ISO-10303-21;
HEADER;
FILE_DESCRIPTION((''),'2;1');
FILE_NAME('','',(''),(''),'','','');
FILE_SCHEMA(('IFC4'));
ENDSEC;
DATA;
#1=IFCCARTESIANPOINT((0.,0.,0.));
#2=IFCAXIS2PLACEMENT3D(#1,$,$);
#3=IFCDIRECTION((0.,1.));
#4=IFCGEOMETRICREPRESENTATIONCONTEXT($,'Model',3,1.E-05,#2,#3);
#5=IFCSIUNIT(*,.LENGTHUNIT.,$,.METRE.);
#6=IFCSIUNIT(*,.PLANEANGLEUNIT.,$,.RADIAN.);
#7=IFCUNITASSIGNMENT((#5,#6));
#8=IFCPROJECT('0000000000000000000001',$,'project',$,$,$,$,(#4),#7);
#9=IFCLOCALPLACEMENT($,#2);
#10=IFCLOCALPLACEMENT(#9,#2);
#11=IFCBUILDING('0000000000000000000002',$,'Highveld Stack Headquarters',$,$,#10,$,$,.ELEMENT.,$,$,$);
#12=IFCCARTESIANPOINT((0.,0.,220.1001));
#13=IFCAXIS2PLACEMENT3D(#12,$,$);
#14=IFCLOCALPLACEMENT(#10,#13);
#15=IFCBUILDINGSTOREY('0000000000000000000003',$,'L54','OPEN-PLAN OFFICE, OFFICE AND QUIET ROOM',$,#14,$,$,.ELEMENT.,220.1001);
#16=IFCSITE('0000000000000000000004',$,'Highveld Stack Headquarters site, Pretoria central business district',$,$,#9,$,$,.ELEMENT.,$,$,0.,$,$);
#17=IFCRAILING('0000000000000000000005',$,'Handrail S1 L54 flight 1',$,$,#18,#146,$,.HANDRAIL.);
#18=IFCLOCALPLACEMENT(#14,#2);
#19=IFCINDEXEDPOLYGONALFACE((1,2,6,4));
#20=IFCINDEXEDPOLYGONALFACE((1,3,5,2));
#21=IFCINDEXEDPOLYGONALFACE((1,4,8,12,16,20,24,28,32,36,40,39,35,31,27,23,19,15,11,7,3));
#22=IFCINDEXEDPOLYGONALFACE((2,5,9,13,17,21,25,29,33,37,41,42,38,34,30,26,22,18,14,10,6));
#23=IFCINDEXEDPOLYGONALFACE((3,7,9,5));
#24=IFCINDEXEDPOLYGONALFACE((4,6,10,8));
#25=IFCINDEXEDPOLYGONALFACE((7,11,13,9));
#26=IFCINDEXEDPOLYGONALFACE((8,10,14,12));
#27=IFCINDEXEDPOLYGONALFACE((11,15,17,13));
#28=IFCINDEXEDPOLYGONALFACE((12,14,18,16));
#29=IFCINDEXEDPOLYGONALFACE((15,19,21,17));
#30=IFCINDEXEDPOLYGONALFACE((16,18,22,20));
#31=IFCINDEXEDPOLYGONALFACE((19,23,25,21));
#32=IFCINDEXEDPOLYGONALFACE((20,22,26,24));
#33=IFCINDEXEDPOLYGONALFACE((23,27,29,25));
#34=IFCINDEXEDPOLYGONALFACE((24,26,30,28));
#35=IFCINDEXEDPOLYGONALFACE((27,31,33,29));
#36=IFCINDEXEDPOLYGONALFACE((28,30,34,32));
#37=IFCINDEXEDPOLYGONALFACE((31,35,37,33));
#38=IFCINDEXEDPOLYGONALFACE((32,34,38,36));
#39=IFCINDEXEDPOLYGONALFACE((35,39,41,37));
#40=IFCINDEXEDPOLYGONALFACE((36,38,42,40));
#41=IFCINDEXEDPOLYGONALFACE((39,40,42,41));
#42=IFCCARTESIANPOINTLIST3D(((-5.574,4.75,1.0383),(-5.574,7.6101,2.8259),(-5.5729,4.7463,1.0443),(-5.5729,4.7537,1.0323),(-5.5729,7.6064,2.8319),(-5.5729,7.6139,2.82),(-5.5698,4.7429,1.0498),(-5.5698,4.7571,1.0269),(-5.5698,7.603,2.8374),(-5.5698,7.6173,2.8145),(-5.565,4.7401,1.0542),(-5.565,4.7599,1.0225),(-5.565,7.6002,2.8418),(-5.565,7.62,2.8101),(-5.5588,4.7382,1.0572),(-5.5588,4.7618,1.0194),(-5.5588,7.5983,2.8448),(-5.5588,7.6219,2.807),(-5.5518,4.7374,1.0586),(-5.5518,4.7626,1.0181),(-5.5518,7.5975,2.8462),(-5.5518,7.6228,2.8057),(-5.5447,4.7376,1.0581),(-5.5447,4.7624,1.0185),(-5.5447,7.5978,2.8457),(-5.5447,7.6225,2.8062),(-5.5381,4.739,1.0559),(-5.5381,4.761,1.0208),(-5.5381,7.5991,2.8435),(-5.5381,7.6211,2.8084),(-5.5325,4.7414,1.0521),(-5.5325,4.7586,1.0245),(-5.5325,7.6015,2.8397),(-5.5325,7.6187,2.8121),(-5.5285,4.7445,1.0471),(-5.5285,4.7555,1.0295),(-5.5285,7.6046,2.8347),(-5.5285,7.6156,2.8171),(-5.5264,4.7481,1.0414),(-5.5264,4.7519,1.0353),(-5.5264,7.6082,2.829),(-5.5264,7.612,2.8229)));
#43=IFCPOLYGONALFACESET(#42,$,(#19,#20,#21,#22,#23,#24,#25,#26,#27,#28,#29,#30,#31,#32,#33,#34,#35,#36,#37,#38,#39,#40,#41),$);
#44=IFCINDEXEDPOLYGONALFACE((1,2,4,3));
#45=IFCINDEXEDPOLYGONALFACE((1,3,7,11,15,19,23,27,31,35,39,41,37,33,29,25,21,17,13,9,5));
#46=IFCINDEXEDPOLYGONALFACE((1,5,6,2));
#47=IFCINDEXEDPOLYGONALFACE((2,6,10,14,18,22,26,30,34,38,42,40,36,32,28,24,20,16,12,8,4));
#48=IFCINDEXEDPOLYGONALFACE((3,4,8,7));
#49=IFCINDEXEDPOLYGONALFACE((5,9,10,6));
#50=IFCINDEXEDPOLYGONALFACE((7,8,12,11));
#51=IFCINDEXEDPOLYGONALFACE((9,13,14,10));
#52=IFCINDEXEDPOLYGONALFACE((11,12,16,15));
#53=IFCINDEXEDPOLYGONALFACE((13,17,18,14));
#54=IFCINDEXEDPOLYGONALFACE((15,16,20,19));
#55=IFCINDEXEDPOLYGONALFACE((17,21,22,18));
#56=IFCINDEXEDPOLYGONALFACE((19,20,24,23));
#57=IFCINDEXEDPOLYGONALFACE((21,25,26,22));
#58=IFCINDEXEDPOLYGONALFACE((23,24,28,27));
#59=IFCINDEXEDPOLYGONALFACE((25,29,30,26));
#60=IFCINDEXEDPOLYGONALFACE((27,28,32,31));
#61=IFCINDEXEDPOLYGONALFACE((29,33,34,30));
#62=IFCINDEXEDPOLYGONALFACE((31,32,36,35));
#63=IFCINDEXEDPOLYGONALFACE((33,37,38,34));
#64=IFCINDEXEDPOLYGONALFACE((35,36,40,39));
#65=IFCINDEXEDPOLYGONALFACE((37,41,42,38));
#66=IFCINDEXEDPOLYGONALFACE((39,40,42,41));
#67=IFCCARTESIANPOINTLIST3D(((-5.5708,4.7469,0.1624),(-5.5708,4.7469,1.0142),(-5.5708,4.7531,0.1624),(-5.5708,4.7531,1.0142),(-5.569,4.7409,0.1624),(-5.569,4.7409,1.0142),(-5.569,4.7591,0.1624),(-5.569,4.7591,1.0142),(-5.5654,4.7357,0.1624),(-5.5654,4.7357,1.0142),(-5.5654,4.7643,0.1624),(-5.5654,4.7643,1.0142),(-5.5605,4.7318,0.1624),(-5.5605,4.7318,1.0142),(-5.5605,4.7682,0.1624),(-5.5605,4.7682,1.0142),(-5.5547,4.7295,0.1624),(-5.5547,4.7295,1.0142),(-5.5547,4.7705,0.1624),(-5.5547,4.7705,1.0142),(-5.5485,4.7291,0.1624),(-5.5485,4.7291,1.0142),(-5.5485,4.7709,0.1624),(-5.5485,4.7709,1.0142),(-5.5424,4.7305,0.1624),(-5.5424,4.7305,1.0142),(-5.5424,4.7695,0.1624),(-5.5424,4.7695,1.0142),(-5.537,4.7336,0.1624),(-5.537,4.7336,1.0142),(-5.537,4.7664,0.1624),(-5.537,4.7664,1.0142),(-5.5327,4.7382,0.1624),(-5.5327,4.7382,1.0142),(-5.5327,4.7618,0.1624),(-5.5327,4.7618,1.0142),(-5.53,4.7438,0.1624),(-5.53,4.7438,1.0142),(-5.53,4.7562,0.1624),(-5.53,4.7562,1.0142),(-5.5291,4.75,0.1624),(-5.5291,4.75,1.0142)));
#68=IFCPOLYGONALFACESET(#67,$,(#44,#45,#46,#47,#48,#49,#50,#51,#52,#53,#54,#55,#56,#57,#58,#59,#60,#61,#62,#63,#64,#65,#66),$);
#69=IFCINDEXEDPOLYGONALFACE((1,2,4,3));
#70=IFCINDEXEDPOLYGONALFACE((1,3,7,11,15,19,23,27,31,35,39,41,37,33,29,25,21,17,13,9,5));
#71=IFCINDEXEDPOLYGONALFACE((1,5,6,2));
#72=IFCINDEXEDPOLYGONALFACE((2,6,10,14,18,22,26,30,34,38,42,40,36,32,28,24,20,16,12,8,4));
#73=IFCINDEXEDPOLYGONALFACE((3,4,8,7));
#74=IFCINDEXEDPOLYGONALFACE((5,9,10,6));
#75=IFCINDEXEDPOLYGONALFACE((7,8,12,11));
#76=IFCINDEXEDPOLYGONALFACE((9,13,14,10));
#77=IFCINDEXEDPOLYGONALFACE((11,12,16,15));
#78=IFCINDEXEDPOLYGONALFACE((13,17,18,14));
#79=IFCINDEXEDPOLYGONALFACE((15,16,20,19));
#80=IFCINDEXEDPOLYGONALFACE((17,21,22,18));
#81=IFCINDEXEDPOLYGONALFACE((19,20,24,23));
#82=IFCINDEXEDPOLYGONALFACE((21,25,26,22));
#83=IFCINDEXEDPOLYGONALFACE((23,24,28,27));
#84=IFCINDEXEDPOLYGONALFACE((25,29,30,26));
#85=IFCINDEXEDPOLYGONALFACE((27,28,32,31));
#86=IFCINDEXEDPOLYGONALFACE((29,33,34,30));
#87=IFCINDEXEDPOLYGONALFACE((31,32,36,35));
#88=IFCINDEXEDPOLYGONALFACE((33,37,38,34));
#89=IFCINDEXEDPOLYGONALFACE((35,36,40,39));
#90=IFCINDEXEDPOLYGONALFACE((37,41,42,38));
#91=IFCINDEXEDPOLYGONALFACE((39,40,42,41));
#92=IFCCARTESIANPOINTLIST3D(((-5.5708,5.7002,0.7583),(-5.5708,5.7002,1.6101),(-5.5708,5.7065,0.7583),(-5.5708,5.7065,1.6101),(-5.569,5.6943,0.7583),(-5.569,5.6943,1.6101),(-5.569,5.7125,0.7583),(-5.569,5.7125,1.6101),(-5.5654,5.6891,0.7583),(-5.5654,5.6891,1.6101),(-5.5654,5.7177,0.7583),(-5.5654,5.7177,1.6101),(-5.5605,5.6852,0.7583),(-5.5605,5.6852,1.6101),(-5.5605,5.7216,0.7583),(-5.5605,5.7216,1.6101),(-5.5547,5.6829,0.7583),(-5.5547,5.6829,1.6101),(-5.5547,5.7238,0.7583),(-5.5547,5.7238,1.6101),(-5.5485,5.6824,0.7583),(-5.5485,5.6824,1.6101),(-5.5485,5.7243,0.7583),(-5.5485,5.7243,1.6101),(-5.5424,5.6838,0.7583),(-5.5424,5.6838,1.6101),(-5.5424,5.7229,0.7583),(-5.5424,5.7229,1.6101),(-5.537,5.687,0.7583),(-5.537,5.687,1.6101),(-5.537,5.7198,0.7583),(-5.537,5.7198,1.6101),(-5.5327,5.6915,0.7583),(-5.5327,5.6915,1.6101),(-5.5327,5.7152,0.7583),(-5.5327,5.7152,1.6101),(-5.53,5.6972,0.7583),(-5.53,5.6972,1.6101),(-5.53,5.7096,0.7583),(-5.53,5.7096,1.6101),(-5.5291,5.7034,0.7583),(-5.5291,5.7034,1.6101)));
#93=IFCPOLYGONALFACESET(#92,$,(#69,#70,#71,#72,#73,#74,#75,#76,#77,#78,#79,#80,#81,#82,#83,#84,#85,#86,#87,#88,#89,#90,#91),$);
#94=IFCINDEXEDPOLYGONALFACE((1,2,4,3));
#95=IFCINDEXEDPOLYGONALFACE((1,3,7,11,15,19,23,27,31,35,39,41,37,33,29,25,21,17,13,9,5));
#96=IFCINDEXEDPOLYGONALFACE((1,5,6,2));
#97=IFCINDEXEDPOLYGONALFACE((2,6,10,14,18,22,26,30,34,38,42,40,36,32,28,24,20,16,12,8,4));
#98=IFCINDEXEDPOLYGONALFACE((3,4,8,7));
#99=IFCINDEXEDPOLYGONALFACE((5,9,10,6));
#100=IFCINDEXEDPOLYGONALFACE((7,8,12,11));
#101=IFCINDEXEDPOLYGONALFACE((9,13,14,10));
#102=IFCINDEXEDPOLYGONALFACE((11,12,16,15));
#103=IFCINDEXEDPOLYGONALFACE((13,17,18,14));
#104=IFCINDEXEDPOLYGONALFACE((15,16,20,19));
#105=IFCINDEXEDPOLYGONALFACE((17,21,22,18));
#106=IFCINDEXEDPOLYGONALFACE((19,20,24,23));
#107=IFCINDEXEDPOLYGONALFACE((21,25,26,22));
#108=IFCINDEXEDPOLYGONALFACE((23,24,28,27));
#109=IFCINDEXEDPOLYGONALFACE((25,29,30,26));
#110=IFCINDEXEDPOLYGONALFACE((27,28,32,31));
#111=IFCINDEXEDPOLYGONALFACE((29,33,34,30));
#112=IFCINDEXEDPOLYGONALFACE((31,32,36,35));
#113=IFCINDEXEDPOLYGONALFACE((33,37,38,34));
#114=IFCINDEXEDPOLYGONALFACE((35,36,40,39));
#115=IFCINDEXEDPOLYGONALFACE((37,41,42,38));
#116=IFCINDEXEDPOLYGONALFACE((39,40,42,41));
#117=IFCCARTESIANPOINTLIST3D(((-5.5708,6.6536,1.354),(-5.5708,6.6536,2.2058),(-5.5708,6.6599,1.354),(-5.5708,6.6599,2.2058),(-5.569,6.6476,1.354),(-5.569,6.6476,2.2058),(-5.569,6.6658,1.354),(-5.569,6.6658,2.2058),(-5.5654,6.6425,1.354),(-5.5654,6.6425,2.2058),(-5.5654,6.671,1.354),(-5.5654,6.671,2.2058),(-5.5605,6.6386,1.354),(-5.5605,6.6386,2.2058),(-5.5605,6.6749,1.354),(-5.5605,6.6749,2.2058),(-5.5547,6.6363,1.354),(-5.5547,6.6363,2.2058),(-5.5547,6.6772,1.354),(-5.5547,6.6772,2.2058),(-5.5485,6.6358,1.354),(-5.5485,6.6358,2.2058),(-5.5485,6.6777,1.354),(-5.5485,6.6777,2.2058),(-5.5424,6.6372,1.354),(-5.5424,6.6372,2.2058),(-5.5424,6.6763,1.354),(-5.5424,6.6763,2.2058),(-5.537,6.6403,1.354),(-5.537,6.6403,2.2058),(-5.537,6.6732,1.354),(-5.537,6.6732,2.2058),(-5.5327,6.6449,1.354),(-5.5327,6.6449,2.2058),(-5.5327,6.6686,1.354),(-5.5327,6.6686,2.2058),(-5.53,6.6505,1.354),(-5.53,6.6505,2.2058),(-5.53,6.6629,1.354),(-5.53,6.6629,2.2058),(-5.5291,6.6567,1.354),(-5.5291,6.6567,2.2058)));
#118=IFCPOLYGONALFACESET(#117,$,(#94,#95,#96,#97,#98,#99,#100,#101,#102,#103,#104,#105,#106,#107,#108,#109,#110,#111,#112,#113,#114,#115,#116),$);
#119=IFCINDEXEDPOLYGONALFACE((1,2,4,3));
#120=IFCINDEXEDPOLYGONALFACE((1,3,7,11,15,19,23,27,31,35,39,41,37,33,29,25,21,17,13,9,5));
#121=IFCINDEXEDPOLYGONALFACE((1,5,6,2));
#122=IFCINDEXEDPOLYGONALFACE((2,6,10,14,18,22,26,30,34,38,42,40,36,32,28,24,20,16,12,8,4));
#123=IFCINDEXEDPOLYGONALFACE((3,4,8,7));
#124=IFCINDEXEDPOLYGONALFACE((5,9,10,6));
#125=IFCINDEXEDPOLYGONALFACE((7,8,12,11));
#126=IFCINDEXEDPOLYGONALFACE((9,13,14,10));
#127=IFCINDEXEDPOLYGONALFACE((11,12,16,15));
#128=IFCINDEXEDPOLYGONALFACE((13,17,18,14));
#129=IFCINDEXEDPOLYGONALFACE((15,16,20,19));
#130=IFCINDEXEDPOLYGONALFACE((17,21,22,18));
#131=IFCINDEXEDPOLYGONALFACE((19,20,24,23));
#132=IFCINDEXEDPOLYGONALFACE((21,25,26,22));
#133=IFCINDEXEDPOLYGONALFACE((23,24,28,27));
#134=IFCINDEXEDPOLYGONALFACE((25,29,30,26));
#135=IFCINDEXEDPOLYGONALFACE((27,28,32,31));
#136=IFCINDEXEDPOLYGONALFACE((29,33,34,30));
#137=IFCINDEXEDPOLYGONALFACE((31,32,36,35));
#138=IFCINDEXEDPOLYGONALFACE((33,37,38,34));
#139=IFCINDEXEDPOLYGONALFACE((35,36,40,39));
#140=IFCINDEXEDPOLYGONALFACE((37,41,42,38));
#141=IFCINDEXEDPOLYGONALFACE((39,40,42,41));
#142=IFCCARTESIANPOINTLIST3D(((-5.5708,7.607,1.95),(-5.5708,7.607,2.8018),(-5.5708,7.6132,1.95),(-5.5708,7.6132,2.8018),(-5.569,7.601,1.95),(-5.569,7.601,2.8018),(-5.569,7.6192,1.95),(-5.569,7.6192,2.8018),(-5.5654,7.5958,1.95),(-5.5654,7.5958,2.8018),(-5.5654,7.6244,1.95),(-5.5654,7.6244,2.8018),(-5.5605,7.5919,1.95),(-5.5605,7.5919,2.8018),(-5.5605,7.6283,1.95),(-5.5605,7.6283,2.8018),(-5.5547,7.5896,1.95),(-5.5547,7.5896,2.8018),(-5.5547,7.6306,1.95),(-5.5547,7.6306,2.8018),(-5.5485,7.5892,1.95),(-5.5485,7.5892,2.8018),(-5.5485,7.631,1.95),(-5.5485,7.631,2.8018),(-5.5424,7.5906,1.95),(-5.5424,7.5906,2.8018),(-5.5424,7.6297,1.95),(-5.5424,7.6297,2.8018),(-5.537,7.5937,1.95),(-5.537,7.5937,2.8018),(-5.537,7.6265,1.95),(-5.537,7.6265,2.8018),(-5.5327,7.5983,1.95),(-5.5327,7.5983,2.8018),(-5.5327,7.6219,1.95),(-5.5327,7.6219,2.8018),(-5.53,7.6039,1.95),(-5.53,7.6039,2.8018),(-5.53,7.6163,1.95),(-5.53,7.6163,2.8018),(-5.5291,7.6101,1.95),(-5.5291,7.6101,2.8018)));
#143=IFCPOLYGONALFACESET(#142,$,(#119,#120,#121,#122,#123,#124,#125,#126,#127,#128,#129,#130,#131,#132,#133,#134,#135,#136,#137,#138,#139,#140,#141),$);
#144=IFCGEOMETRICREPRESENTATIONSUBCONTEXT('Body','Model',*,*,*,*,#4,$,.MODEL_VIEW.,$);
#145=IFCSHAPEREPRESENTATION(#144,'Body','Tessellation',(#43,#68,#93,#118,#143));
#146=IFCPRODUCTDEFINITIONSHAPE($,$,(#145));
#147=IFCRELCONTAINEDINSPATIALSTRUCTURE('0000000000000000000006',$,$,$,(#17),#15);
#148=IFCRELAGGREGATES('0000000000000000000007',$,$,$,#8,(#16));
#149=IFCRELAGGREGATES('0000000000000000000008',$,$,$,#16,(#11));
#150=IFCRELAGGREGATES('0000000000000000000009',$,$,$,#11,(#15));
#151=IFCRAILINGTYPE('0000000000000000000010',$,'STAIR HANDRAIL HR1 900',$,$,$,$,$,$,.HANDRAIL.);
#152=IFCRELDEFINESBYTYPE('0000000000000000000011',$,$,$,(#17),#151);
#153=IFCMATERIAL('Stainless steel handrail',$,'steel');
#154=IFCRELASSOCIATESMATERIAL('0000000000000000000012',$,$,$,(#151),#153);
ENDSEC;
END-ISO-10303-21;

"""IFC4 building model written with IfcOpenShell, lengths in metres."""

from ifc_helpers import new_model, si_unit, direction, frame, origin, origin_2d, place, context, subcontext, project, spatial, circle, extrude, material, type_object, element, save


model = new_model("IFC4")

# Units and contexts
model_context = context("Model", 3, precision=1e-05, world=origin(), true_north=direction((0.0, 1.0)))
body_context = subcontext(model_context, "Body", "Model", "MODEL_VIEW")
ifc_project = project(units=[si_unit("LENGTHUNIT", "METRE"), si_unit("PLANEANGLEUNIT", "RADIAN")], contexts=[model_context])

# Site, building, storey
site_placement = place(None, origin())
site = spatial("IfcSite", under=ifc_project, at=site_placement, Name="Highveld Stack Headquarters site, Pretoria central business district", CompositionType="ELEMENT", RefElevation=0.0)
building_placement = place(site_placement, origin())
building = spatial("IfcBuilding", under=site, at=building_placement, Name="Highveld Stack Headquarters", CompositionType="ELEMENT")
storey_placement = place(building_placement, frame((0.0, 0.0, 220.1001)))
storey = spatial("IfcBuildingStorey", under=building, at=storey_placement, Name="L54", Description="OPEN-PLAN OFFICE, OFFICE AND QUIET ROOM", CompositionType="ELEMENT", Elevation=220.1001)

# Railing
ifc_material_1 = material(Name="Stainless steel handrail", Category="steel")
railing_type = type_object("IfcRailingType", Name="STAIR HANDRAIL HR1 900", PredefinedType="HANDRAIL", material=ifc_material_1)
for number, where, name in (
    (1, (-5.55, 4.75, 0.1624), "Handrail S1 L54 flight 1"),
):
    element("IfcRailing", number, at=place(storey_placement, frame(where)), inside=storey, type_object=railing_type, Name=name, PredefinedType="HANDRAIL", context=body_context, shape_type="SweptSolid", body=[
        extrude(circle(Radius=0.0239, at=origin_2d()), frame((0.0, 0.0, 0.876), z_axis=(0.0, 0.847994, 0.530005), x_axis=(-1.0, 0.0, 0.0)), (0.0, 0.0, 1.0), 3.3728),
        extrude(circle(Radius=0.021, at=origin_2d()), origin(), (0.0, 0.0, 1.0), 0.8518),
        extrude(circle(Radius=0.021, at=origin_2d()), frame((0.0, 0.9534, 0.5959)), (0.0, 0.0, 1.0), 0.8518),
        extrude(circle(Radius=0.021, at=origin_2d()), frame((0.0, 1.9067, 1.1917)), (0.0, 0.0, 1.0), 0.8518),
        extrude(circle(Radius=0.021, at=origin_2d()), frame((0.0, 2.8601, 1.7876)), (0.0, 0.0, 1.0), 0.8518),
    ])

save(model, "model.ifc")
